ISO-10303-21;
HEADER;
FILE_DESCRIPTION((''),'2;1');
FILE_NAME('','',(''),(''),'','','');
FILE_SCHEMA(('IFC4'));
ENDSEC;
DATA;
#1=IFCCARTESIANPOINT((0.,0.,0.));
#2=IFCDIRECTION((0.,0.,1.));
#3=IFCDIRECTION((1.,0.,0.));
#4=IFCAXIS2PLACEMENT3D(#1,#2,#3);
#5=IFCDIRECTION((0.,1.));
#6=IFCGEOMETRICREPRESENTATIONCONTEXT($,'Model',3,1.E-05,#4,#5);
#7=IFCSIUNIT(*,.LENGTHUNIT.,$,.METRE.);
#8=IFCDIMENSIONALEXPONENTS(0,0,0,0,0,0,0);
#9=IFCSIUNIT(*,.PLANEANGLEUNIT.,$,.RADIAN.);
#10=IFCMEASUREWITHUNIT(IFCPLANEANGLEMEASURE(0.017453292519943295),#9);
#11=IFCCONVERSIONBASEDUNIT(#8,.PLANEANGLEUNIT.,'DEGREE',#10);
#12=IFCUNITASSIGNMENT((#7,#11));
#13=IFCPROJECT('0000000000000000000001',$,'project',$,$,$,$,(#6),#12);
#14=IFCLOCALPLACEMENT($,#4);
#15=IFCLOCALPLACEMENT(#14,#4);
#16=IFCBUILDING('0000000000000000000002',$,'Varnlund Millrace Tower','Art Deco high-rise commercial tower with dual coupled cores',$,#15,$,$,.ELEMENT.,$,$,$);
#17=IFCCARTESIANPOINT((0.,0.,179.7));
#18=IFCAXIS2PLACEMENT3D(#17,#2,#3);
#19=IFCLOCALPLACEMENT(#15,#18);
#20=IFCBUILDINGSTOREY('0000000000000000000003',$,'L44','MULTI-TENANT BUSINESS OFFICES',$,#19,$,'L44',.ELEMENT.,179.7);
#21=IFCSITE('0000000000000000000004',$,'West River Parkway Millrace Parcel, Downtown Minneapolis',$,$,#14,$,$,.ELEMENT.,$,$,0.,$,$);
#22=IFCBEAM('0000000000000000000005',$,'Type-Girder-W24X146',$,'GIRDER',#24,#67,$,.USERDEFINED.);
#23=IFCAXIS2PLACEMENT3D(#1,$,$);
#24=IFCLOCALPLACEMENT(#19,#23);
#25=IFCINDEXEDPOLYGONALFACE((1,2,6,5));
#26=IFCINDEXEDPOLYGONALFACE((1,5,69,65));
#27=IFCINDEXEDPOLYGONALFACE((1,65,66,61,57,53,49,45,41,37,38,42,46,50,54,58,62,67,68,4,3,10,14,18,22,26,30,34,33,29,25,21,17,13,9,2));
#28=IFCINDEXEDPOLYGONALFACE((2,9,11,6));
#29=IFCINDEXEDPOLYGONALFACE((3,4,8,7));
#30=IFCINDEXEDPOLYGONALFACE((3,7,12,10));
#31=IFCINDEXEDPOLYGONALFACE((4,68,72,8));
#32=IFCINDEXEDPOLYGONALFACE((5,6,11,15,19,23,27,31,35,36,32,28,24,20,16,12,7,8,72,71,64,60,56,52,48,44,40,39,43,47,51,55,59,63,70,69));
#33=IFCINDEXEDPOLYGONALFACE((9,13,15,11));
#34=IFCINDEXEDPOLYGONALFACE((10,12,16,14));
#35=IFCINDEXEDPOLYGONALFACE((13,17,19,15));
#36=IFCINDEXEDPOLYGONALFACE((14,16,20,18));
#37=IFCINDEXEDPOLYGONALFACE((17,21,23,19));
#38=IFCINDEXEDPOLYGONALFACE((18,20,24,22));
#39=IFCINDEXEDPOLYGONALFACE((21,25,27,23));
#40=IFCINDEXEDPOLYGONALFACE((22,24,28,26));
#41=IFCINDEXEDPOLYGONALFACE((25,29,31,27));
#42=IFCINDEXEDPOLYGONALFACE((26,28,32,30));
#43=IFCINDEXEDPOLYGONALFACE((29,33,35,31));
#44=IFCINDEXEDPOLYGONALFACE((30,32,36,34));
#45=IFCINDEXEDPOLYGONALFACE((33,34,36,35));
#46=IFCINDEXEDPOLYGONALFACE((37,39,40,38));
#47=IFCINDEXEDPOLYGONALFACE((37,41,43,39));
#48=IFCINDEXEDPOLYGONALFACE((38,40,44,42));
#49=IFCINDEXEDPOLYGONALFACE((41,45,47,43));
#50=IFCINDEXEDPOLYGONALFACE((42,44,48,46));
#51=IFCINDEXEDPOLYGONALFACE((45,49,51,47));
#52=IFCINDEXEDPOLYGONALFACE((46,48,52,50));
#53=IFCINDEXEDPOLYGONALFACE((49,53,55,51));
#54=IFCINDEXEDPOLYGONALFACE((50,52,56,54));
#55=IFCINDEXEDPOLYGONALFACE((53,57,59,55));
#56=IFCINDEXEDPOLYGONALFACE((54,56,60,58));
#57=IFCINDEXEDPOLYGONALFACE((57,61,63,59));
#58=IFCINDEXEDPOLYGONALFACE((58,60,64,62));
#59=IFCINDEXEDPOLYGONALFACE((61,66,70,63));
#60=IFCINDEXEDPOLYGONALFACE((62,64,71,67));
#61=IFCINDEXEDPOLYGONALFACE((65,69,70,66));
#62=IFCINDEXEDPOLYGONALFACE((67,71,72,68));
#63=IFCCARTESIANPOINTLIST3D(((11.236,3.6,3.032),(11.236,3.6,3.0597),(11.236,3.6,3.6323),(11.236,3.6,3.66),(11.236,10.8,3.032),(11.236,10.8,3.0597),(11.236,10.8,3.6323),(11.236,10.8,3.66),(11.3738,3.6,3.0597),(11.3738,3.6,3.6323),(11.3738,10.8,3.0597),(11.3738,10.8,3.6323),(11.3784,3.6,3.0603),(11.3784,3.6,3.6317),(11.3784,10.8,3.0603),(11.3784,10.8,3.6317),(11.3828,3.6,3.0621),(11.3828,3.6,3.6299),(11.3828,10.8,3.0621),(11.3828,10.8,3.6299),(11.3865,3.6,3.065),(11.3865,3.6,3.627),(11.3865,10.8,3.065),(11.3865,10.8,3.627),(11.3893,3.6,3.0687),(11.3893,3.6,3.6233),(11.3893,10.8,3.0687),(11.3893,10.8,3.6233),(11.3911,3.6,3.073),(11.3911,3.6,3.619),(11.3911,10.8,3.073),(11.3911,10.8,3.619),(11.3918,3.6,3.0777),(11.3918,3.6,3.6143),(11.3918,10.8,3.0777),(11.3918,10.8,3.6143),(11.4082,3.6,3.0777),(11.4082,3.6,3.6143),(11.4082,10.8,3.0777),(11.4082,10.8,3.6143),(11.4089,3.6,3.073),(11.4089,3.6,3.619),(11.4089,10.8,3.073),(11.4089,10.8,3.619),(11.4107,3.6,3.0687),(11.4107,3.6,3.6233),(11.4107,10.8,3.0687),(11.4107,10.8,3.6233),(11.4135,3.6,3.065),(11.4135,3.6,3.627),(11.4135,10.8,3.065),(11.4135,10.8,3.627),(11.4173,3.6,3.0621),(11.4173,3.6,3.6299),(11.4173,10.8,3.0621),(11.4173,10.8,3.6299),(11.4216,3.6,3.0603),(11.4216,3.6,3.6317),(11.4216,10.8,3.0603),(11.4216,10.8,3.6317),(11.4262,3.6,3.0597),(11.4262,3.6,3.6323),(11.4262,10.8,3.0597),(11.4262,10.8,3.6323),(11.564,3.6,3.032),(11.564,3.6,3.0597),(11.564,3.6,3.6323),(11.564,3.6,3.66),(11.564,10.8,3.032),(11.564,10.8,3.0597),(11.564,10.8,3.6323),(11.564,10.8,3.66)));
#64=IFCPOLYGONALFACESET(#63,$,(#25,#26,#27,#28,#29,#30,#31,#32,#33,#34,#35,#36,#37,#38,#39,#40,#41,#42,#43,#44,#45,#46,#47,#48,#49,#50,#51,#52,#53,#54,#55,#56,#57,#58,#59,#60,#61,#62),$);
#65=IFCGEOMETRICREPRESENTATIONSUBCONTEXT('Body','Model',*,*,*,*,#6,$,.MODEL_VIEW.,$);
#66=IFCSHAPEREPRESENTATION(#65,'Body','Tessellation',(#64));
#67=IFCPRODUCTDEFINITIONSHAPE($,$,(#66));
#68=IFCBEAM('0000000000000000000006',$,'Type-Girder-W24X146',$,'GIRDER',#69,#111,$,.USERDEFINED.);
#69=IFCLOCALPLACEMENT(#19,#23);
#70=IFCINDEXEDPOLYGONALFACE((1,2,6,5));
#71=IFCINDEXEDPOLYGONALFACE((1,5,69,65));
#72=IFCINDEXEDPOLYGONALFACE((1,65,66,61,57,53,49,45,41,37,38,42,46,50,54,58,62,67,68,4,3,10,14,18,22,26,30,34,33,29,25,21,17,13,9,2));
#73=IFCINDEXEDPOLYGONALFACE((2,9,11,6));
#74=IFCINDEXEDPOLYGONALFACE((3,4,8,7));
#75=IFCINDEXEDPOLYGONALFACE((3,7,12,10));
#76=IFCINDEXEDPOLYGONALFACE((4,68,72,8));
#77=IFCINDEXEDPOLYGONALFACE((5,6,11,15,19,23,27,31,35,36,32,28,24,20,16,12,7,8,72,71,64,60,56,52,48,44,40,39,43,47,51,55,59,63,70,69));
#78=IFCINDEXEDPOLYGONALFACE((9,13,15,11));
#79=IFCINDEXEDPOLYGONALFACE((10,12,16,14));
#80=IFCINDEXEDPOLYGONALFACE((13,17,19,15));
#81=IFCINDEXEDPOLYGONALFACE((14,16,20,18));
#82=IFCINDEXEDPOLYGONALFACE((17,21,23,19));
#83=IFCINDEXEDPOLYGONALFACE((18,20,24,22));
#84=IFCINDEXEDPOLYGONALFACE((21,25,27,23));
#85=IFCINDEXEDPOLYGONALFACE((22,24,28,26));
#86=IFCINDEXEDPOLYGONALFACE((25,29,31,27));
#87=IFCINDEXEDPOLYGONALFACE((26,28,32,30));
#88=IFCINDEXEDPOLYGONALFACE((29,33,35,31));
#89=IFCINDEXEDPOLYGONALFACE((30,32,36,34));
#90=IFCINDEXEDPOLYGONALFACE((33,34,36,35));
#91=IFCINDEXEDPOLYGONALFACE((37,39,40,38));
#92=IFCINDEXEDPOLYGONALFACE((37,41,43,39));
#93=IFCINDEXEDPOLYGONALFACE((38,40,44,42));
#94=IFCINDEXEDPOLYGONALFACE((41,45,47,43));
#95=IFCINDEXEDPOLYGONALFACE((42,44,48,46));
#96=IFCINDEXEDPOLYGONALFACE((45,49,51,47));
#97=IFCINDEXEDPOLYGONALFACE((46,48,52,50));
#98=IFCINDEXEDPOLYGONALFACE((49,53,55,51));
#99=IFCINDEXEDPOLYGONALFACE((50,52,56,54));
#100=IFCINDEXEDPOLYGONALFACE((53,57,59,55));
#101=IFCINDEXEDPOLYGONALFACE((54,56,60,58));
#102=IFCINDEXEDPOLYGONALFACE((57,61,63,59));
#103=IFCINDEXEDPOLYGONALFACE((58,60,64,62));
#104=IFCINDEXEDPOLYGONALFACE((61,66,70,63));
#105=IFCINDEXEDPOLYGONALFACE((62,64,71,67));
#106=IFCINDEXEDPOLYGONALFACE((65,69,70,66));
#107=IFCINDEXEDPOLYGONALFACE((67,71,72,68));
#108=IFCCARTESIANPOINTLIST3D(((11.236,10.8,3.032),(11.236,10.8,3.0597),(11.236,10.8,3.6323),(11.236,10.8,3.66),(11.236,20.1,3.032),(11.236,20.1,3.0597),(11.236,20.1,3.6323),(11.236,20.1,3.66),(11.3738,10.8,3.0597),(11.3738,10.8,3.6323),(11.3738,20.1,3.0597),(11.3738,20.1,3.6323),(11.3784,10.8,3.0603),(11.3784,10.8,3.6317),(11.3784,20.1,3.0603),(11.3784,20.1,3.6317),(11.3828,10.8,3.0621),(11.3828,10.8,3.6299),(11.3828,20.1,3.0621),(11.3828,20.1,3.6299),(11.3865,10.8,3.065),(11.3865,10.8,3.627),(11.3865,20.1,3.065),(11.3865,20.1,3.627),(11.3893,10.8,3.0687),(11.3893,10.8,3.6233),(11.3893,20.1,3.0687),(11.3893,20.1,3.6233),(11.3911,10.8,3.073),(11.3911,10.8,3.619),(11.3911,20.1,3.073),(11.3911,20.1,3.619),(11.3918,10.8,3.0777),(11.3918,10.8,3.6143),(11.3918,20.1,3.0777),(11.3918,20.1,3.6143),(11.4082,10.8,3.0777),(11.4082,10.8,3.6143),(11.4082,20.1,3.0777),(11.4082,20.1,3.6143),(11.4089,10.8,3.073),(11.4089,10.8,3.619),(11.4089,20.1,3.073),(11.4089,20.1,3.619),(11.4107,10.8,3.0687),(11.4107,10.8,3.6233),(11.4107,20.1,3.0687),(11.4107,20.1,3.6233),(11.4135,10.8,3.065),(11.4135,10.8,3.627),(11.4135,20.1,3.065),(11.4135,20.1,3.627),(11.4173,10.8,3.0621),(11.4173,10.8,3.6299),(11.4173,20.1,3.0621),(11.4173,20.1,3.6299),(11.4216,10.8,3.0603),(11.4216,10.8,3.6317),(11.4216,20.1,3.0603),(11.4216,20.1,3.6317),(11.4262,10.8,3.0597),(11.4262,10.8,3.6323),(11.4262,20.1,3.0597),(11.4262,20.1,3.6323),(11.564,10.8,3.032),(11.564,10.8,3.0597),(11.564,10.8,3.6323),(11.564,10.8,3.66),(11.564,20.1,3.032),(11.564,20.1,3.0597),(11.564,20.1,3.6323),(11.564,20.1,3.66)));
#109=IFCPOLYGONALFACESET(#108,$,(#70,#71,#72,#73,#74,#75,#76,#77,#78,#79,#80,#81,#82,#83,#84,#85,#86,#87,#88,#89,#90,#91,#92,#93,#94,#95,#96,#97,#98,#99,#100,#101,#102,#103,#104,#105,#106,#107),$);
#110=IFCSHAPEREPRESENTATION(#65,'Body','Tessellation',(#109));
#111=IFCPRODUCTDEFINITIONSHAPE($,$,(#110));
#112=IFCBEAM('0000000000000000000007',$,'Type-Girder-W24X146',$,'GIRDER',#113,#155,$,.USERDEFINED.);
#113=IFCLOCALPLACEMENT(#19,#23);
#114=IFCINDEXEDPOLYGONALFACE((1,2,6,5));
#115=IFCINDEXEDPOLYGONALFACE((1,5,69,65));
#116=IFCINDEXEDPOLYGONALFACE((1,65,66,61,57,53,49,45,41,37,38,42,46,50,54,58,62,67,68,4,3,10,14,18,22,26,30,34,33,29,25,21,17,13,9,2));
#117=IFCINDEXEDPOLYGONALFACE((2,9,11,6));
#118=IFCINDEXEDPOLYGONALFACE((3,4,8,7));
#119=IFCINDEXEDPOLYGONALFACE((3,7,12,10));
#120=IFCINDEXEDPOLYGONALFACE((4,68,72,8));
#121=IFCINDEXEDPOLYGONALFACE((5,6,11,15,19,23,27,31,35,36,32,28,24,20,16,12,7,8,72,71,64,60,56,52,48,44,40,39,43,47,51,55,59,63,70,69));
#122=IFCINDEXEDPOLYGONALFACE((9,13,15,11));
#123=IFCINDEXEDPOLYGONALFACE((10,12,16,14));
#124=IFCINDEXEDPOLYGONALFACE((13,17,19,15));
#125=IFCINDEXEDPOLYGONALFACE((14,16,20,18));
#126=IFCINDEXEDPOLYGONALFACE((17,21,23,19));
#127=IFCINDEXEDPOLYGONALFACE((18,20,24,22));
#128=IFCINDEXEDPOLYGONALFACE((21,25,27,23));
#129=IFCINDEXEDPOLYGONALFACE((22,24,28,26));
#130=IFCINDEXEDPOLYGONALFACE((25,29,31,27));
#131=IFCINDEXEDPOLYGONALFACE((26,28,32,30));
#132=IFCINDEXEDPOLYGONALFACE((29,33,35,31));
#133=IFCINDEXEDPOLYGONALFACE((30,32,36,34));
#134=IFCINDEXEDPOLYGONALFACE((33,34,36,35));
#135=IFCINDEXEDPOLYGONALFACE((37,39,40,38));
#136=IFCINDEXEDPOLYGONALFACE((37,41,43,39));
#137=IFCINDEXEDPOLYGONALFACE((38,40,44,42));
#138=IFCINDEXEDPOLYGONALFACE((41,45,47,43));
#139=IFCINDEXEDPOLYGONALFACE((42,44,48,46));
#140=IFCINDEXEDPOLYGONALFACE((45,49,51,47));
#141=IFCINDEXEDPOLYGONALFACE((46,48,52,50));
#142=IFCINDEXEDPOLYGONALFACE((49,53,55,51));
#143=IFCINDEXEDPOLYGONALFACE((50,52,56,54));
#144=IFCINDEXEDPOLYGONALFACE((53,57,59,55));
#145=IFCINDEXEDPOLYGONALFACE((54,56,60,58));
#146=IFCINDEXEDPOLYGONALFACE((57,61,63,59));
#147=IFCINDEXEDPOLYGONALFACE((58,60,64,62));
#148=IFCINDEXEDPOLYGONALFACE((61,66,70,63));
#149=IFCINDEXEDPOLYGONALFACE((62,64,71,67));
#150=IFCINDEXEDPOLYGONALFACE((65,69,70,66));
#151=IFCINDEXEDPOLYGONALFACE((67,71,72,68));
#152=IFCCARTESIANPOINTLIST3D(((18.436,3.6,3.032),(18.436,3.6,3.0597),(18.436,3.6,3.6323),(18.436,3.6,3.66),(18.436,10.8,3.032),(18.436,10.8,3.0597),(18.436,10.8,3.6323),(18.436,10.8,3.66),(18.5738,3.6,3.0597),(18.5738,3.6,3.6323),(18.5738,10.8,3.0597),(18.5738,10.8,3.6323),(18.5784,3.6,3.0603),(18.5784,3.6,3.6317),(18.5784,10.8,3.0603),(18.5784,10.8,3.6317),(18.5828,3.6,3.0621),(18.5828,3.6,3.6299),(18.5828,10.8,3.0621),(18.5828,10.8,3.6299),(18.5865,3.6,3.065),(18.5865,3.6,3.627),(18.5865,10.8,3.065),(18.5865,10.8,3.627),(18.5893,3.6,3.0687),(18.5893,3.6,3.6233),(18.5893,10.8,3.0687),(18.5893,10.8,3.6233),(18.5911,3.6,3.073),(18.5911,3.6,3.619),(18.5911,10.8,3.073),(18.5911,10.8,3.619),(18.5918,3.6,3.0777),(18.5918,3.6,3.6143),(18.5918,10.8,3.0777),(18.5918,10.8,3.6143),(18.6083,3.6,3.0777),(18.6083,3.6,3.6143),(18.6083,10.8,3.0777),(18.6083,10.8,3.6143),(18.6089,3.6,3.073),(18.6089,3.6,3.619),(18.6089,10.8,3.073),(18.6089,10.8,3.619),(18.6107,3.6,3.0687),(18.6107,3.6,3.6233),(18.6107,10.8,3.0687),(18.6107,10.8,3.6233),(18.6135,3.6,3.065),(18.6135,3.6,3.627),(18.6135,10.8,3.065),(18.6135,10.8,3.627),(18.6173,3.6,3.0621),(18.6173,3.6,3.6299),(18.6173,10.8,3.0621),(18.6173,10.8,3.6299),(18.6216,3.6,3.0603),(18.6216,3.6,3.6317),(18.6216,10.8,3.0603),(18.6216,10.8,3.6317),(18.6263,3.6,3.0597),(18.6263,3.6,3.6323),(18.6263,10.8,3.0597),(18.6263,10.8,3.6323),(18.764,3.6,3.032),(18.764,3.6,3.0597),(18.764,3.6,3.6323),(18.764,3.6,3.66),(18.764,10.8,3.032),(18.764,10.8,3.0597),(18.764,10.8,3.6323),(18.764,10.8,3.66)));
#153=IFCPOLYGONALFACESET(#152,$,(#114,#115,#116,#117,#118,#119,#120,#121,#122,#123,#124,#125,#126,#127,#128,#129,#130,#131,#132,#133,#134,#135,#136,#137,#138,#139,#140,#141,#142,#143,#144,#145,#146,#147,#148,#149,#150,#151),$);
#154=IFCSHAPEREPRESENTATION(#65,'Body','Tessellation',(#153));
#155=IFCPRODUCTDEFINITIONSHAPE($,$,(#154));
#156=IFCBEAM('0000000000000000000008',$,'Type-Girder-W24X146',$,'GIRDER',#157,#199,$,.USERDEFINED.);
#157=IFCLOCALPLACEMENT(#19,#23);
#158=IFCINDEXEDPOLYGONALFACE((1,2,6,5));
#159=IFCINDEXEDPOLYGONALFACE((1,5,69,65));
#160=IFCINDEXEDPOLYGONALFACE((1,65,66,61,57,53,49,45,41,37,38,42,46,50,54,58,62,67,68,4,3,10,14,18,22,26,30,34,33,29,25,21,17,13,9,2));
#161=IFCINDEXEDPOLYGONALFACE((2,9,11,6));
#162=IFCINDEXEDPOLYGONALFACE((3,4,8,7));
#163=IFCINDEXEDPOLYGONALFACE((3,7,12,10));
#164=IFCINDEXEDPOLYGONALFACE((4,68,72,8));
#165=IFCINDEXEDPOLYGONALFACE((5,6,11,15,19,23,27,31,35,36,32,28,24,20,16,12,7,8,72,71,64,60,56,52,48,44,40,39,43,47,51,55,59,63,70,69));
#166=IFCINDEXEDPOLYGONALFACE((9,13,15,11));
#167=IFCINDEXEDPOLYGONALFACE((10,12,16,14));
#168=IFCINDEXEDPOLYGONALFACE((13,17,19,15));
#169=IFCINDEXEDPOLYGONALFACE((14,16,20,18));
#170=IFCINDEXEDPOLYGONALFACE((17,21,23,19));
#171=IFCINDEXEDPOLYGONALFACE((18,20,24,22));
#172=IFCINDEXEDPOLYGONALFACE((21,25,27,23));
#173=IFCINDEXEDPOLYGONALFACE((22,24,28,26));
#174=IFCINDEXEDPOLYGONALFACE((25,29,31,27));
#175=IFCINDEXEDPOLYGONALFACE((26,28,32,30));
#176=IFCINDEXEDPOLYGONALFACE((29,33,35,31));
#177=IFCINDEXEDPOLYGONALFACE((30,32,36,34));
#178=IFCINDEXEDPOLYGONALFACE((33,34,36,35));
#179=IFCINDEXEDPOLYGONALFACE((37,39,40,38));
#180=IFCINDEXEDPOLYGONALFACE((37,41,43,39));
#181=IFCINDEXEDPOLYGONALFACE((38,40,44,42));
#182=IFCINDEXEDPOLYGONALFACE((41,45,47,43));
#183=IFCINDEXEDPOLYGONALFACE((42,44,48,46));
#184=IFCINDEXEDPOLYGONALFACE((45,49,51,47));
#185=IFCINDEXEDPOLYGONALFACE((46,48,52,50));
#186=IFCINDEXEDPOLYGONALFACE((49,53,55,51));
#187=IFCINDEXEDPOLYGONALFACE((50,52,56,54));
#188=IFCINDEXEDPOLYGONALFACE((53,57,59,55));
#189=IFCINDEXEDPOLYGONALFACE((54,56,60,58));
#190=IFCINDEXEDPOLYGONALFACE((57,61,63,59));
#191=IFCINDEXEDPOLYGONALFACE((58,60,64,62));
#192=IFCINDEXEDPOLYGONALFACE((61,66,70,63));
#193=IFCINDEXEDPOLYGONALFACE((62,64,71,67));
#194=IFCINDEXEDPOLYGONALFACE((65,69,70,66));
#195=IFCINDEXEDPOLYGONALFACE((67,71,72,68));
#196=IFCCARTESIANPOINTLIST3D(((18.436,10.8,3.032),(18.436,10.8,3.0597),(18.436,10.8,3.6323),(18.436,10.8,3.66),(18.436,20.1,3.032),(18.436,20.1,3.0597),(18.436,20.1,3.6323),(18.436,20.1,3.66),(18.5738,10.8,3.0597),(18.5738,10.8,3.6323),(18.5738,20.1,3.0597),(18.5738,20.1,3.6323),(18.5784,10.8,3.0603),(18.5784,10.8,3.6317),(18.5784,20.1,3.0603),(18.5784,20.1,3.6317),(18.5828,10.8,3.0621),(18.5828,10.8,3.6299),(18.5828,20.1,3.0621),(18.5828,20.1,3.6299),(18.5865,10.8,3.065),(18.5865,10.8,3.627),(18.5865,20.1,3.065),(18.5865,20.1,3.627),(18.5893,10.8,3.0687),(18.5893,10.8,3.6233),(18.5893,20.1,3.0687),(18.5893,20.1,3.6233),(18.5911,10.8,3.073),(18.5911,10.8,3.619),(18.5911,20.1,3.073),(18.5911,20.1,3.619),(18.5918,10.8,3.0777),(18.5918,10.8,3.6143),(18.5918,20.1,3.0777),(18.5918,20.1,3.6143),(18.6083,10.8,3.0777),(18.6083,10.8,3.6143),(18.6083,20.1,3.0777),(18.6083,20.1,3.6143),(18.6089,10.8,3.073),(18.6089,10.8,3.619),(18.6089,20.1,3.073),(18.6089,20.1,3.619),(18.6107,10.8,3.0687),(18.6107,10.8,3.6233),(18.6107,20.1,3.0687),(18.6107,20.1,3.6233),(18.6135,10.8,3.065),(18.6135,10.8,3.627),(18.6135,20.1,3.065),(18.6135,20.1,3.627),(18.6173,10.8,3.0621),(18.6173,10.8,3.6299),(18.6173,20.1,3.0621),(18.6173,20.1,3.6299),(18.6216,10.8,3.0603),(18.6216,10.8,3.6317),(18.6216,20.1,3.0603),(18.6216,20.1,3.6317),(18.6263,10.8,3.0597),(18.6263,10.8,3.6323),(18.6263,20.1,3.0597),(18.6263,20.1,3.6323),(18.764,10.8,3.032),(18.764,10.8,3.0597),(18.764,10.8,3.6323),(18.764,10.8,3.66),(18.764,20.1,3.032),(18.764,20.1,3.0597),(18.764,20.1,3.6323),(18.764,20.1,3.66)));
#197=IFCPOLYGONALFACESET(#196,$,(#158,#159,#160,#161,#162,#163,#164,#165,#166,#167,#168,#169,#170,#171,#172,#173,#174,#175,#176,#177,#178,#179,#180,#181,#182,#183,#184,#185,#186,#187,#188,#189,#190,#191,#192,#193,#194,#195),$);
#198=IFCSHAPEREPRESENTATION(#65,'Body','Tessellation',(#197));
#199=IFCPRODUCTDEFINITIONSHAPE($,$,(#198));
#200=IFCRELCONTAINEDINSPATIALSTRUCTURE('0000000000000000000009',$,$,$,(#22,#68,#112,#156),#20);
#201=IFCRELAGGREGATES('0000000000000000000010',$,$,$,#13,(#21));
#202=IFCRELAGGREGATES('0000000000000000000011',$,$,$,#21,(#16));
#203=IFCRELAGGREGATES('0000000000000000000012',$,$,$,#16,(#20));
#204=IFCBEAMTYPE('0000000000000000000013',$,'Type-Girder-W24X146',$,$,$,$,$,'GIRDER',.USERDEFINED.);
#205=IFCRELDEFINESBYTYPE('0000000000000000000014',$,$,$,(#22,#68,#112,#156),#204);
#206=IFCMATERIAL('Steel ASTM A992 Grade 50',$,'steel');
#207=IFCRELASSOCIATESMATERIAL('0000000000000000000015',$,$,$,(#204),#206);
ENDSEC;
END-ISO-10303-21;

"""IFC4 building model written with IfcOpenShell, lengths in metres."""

from ifc_helpers import new_model, entity, si_unit, converted_unit, direction, frame, origin_with_axes, origin_2d_with_axis, place, context, subcontext, project, spatial, i_section, extrude, material, material_profile, profile_set, type_object, element, save


model = new_model("IFC4")

# Units and contexts
model_context = context("Model", 3, precision=1e-05, world=origin_with_axes(), true_north=direction((0.0, 1.0)))
body_context = subcontext(model_context, "Body", "Model", "MODEL_VIEW")
ifc_project = project(units=[si_unit("LENGTHUNIT", "METRE"), converted_unit("PLANEANGLEUNIT", "DEGREE", entity("IfcPlaneAngleMeasure", 0.017453292519943295), si_unit("PLANEANGLEUNIT", "RADIAN"), dimensions=[0, 0, 0, 0, 0, 0, 0])], contexts=[model_context])

# Site, building, storey
site_placement = place(None, origin_with_axes())
site = spatial("IfcSite", under=ifc_project, at=site_placement, Name="West River Parkway Millrace Parcel, Downtown Minneapolis", CompositionType="ELEMENT", RefElevation=0.0)
building_placement = place(site_placement, origin_with_axes())
building = spatial("IfcBuilding", under=site, at=building_placement, Name="Varnlund Millrace Tower", Description="Art Deco high-rise commercial tower with dual coupled cores", CompositionType="ELEMENT")
storey_placement = place(building_placement, frame((0.0, 0.0, 179.7), z_axis=(0.0, 0.0, 1.0), x_axis=(1.0, 0.0, 0.0)))
storey = spatial("IfcBuildingStorey", under=building, at=storey_placement, Name="L44", Description="MULTI-TENANT BUSINESS OFFICES", LongName="L44", CompositionType="ELEMENT", Elevation=179.7)

# Beams
ifc_material_1 = material(Name="Steel ASTM A992 Grade 50", Category="steel")
ifc_material_profile_1 = material_profile(ifc_material_1, i_section(OverallWidth=0.328, OverallDepth=0.628, WebThickness=0.0165, FlangeThickness=0.0277, FilletRadius=0.018, at=origin_2d_with_axis()), Name="Steel ASTM A992 Grade 50")
ifc_profile_set_1 = profile_set([ifc_material_profile_1], Name="Steel ASTM A992 Grade 50")
beam_type_1 = type_object("IfcBeamType", Name="Type-Girder-W24X146", ElementType="GIRDER", PredefinedType="USERDEFINED", material=ifc_profile_set_1)
beam_1_placement = place(storey_placement, frame((11.4, 3.6, 3.346), z_axis=(0.0, 1.0, 0.0), x_axis=(-1.0, 0.0, 0.0)))
element("IfcBeam", 1, at=beam_1_placement, inside=storey, type_object=beam_type_1, Name="Type-Girder-W24X146", ObjectType="GIRDER", PredefinedType="USERDEFINED", context=body_context, shape_type="SweptSolid", body=[
    extrude(i_section(OverallWidth=0.328, OverallDepth=0.628, WebThickness=0.0165, FlangeThickness=0.0277, FilletRadius=0.018, at=origin_2d_with_axis()), origin_with_axes(), (0.0, 0.0, 1.0), 7.2),
])
beam_2_placement = place(storey_placement, frame((11.4, 10.8, 3.346), z_axis=(0.0, 1.0, 0.0), x_axis=(-1.0, 0.0, 0.0)))
element("IfcBeam", 2, at=beam_2_placement, inside=storey, type_object=beam_type_1, Name="Type-Girder-W24X146", ObjectType="GIRDER", PredefinedType="USERDEFINED", context=body_context, shape_type="SweptSolid", body=[
    extrude(i_section(OverallWidth=0.328, OverallDepth=0.628, WebThickness=0.0165, FlangeThickness=0.0277, FilletRadius=0.018, at=origin_2d_with_axis()), origin_with_axes(), (0.0, 0.0, 1.0), 9.3),
])
beam_3_placement = place(storey_placement, frame((18.6, 3.6, 3.346), z_axis=(0.0, 1.0, 0.0), x_axis=(-1.0, 0.0, 0.0)))
element("IfcBeam", 3, at=beam_3_placement, inside=storey, type_object=beam_type_1, Name="Type-Girder-W24X146", ObjectType="GIRDER", PredefinedType="USERDEFINED", context=body_context, shape_type="SweptSolid", body=[
    extrude(i_section(OverallWidth=0.328, OverallDepth=0.628, WebThickness=0.0165, FlangeThickness=0.0277, FilletRadius=0.018, at=origin_2d_with_axis()), origin_with_axes(), (0.0, 0.0, 1.0), 7.2),
])
beam_4_placement = place(storey_placement, frame((18.6, 10.8, 3.346), z_axis=(0.0, 1.0, 0.0), x_axis=(-1.0, 0.0, 0.0)))
element("IfcBeam", 4, at=beam_4_placement, inside=storey, type_object=beam_type_1, Name="Type-Girder-W24X146", ObjectType="GIRDER", PredefinedType="USERDEFINED", context=body_context, shape_type="SweptSolid", body=[
    extrude(i_section(OverallWidth=0.328, OverallDepth=0.628, WebThickness=0.0165, FlangeThickness=0.0277, FilletRadius=0.018, at=origin_2d_with_axis()), origin_with_axes(), (0.0, 0.0, 1.0), 9.3),
])

save(model, "model.ifc")
